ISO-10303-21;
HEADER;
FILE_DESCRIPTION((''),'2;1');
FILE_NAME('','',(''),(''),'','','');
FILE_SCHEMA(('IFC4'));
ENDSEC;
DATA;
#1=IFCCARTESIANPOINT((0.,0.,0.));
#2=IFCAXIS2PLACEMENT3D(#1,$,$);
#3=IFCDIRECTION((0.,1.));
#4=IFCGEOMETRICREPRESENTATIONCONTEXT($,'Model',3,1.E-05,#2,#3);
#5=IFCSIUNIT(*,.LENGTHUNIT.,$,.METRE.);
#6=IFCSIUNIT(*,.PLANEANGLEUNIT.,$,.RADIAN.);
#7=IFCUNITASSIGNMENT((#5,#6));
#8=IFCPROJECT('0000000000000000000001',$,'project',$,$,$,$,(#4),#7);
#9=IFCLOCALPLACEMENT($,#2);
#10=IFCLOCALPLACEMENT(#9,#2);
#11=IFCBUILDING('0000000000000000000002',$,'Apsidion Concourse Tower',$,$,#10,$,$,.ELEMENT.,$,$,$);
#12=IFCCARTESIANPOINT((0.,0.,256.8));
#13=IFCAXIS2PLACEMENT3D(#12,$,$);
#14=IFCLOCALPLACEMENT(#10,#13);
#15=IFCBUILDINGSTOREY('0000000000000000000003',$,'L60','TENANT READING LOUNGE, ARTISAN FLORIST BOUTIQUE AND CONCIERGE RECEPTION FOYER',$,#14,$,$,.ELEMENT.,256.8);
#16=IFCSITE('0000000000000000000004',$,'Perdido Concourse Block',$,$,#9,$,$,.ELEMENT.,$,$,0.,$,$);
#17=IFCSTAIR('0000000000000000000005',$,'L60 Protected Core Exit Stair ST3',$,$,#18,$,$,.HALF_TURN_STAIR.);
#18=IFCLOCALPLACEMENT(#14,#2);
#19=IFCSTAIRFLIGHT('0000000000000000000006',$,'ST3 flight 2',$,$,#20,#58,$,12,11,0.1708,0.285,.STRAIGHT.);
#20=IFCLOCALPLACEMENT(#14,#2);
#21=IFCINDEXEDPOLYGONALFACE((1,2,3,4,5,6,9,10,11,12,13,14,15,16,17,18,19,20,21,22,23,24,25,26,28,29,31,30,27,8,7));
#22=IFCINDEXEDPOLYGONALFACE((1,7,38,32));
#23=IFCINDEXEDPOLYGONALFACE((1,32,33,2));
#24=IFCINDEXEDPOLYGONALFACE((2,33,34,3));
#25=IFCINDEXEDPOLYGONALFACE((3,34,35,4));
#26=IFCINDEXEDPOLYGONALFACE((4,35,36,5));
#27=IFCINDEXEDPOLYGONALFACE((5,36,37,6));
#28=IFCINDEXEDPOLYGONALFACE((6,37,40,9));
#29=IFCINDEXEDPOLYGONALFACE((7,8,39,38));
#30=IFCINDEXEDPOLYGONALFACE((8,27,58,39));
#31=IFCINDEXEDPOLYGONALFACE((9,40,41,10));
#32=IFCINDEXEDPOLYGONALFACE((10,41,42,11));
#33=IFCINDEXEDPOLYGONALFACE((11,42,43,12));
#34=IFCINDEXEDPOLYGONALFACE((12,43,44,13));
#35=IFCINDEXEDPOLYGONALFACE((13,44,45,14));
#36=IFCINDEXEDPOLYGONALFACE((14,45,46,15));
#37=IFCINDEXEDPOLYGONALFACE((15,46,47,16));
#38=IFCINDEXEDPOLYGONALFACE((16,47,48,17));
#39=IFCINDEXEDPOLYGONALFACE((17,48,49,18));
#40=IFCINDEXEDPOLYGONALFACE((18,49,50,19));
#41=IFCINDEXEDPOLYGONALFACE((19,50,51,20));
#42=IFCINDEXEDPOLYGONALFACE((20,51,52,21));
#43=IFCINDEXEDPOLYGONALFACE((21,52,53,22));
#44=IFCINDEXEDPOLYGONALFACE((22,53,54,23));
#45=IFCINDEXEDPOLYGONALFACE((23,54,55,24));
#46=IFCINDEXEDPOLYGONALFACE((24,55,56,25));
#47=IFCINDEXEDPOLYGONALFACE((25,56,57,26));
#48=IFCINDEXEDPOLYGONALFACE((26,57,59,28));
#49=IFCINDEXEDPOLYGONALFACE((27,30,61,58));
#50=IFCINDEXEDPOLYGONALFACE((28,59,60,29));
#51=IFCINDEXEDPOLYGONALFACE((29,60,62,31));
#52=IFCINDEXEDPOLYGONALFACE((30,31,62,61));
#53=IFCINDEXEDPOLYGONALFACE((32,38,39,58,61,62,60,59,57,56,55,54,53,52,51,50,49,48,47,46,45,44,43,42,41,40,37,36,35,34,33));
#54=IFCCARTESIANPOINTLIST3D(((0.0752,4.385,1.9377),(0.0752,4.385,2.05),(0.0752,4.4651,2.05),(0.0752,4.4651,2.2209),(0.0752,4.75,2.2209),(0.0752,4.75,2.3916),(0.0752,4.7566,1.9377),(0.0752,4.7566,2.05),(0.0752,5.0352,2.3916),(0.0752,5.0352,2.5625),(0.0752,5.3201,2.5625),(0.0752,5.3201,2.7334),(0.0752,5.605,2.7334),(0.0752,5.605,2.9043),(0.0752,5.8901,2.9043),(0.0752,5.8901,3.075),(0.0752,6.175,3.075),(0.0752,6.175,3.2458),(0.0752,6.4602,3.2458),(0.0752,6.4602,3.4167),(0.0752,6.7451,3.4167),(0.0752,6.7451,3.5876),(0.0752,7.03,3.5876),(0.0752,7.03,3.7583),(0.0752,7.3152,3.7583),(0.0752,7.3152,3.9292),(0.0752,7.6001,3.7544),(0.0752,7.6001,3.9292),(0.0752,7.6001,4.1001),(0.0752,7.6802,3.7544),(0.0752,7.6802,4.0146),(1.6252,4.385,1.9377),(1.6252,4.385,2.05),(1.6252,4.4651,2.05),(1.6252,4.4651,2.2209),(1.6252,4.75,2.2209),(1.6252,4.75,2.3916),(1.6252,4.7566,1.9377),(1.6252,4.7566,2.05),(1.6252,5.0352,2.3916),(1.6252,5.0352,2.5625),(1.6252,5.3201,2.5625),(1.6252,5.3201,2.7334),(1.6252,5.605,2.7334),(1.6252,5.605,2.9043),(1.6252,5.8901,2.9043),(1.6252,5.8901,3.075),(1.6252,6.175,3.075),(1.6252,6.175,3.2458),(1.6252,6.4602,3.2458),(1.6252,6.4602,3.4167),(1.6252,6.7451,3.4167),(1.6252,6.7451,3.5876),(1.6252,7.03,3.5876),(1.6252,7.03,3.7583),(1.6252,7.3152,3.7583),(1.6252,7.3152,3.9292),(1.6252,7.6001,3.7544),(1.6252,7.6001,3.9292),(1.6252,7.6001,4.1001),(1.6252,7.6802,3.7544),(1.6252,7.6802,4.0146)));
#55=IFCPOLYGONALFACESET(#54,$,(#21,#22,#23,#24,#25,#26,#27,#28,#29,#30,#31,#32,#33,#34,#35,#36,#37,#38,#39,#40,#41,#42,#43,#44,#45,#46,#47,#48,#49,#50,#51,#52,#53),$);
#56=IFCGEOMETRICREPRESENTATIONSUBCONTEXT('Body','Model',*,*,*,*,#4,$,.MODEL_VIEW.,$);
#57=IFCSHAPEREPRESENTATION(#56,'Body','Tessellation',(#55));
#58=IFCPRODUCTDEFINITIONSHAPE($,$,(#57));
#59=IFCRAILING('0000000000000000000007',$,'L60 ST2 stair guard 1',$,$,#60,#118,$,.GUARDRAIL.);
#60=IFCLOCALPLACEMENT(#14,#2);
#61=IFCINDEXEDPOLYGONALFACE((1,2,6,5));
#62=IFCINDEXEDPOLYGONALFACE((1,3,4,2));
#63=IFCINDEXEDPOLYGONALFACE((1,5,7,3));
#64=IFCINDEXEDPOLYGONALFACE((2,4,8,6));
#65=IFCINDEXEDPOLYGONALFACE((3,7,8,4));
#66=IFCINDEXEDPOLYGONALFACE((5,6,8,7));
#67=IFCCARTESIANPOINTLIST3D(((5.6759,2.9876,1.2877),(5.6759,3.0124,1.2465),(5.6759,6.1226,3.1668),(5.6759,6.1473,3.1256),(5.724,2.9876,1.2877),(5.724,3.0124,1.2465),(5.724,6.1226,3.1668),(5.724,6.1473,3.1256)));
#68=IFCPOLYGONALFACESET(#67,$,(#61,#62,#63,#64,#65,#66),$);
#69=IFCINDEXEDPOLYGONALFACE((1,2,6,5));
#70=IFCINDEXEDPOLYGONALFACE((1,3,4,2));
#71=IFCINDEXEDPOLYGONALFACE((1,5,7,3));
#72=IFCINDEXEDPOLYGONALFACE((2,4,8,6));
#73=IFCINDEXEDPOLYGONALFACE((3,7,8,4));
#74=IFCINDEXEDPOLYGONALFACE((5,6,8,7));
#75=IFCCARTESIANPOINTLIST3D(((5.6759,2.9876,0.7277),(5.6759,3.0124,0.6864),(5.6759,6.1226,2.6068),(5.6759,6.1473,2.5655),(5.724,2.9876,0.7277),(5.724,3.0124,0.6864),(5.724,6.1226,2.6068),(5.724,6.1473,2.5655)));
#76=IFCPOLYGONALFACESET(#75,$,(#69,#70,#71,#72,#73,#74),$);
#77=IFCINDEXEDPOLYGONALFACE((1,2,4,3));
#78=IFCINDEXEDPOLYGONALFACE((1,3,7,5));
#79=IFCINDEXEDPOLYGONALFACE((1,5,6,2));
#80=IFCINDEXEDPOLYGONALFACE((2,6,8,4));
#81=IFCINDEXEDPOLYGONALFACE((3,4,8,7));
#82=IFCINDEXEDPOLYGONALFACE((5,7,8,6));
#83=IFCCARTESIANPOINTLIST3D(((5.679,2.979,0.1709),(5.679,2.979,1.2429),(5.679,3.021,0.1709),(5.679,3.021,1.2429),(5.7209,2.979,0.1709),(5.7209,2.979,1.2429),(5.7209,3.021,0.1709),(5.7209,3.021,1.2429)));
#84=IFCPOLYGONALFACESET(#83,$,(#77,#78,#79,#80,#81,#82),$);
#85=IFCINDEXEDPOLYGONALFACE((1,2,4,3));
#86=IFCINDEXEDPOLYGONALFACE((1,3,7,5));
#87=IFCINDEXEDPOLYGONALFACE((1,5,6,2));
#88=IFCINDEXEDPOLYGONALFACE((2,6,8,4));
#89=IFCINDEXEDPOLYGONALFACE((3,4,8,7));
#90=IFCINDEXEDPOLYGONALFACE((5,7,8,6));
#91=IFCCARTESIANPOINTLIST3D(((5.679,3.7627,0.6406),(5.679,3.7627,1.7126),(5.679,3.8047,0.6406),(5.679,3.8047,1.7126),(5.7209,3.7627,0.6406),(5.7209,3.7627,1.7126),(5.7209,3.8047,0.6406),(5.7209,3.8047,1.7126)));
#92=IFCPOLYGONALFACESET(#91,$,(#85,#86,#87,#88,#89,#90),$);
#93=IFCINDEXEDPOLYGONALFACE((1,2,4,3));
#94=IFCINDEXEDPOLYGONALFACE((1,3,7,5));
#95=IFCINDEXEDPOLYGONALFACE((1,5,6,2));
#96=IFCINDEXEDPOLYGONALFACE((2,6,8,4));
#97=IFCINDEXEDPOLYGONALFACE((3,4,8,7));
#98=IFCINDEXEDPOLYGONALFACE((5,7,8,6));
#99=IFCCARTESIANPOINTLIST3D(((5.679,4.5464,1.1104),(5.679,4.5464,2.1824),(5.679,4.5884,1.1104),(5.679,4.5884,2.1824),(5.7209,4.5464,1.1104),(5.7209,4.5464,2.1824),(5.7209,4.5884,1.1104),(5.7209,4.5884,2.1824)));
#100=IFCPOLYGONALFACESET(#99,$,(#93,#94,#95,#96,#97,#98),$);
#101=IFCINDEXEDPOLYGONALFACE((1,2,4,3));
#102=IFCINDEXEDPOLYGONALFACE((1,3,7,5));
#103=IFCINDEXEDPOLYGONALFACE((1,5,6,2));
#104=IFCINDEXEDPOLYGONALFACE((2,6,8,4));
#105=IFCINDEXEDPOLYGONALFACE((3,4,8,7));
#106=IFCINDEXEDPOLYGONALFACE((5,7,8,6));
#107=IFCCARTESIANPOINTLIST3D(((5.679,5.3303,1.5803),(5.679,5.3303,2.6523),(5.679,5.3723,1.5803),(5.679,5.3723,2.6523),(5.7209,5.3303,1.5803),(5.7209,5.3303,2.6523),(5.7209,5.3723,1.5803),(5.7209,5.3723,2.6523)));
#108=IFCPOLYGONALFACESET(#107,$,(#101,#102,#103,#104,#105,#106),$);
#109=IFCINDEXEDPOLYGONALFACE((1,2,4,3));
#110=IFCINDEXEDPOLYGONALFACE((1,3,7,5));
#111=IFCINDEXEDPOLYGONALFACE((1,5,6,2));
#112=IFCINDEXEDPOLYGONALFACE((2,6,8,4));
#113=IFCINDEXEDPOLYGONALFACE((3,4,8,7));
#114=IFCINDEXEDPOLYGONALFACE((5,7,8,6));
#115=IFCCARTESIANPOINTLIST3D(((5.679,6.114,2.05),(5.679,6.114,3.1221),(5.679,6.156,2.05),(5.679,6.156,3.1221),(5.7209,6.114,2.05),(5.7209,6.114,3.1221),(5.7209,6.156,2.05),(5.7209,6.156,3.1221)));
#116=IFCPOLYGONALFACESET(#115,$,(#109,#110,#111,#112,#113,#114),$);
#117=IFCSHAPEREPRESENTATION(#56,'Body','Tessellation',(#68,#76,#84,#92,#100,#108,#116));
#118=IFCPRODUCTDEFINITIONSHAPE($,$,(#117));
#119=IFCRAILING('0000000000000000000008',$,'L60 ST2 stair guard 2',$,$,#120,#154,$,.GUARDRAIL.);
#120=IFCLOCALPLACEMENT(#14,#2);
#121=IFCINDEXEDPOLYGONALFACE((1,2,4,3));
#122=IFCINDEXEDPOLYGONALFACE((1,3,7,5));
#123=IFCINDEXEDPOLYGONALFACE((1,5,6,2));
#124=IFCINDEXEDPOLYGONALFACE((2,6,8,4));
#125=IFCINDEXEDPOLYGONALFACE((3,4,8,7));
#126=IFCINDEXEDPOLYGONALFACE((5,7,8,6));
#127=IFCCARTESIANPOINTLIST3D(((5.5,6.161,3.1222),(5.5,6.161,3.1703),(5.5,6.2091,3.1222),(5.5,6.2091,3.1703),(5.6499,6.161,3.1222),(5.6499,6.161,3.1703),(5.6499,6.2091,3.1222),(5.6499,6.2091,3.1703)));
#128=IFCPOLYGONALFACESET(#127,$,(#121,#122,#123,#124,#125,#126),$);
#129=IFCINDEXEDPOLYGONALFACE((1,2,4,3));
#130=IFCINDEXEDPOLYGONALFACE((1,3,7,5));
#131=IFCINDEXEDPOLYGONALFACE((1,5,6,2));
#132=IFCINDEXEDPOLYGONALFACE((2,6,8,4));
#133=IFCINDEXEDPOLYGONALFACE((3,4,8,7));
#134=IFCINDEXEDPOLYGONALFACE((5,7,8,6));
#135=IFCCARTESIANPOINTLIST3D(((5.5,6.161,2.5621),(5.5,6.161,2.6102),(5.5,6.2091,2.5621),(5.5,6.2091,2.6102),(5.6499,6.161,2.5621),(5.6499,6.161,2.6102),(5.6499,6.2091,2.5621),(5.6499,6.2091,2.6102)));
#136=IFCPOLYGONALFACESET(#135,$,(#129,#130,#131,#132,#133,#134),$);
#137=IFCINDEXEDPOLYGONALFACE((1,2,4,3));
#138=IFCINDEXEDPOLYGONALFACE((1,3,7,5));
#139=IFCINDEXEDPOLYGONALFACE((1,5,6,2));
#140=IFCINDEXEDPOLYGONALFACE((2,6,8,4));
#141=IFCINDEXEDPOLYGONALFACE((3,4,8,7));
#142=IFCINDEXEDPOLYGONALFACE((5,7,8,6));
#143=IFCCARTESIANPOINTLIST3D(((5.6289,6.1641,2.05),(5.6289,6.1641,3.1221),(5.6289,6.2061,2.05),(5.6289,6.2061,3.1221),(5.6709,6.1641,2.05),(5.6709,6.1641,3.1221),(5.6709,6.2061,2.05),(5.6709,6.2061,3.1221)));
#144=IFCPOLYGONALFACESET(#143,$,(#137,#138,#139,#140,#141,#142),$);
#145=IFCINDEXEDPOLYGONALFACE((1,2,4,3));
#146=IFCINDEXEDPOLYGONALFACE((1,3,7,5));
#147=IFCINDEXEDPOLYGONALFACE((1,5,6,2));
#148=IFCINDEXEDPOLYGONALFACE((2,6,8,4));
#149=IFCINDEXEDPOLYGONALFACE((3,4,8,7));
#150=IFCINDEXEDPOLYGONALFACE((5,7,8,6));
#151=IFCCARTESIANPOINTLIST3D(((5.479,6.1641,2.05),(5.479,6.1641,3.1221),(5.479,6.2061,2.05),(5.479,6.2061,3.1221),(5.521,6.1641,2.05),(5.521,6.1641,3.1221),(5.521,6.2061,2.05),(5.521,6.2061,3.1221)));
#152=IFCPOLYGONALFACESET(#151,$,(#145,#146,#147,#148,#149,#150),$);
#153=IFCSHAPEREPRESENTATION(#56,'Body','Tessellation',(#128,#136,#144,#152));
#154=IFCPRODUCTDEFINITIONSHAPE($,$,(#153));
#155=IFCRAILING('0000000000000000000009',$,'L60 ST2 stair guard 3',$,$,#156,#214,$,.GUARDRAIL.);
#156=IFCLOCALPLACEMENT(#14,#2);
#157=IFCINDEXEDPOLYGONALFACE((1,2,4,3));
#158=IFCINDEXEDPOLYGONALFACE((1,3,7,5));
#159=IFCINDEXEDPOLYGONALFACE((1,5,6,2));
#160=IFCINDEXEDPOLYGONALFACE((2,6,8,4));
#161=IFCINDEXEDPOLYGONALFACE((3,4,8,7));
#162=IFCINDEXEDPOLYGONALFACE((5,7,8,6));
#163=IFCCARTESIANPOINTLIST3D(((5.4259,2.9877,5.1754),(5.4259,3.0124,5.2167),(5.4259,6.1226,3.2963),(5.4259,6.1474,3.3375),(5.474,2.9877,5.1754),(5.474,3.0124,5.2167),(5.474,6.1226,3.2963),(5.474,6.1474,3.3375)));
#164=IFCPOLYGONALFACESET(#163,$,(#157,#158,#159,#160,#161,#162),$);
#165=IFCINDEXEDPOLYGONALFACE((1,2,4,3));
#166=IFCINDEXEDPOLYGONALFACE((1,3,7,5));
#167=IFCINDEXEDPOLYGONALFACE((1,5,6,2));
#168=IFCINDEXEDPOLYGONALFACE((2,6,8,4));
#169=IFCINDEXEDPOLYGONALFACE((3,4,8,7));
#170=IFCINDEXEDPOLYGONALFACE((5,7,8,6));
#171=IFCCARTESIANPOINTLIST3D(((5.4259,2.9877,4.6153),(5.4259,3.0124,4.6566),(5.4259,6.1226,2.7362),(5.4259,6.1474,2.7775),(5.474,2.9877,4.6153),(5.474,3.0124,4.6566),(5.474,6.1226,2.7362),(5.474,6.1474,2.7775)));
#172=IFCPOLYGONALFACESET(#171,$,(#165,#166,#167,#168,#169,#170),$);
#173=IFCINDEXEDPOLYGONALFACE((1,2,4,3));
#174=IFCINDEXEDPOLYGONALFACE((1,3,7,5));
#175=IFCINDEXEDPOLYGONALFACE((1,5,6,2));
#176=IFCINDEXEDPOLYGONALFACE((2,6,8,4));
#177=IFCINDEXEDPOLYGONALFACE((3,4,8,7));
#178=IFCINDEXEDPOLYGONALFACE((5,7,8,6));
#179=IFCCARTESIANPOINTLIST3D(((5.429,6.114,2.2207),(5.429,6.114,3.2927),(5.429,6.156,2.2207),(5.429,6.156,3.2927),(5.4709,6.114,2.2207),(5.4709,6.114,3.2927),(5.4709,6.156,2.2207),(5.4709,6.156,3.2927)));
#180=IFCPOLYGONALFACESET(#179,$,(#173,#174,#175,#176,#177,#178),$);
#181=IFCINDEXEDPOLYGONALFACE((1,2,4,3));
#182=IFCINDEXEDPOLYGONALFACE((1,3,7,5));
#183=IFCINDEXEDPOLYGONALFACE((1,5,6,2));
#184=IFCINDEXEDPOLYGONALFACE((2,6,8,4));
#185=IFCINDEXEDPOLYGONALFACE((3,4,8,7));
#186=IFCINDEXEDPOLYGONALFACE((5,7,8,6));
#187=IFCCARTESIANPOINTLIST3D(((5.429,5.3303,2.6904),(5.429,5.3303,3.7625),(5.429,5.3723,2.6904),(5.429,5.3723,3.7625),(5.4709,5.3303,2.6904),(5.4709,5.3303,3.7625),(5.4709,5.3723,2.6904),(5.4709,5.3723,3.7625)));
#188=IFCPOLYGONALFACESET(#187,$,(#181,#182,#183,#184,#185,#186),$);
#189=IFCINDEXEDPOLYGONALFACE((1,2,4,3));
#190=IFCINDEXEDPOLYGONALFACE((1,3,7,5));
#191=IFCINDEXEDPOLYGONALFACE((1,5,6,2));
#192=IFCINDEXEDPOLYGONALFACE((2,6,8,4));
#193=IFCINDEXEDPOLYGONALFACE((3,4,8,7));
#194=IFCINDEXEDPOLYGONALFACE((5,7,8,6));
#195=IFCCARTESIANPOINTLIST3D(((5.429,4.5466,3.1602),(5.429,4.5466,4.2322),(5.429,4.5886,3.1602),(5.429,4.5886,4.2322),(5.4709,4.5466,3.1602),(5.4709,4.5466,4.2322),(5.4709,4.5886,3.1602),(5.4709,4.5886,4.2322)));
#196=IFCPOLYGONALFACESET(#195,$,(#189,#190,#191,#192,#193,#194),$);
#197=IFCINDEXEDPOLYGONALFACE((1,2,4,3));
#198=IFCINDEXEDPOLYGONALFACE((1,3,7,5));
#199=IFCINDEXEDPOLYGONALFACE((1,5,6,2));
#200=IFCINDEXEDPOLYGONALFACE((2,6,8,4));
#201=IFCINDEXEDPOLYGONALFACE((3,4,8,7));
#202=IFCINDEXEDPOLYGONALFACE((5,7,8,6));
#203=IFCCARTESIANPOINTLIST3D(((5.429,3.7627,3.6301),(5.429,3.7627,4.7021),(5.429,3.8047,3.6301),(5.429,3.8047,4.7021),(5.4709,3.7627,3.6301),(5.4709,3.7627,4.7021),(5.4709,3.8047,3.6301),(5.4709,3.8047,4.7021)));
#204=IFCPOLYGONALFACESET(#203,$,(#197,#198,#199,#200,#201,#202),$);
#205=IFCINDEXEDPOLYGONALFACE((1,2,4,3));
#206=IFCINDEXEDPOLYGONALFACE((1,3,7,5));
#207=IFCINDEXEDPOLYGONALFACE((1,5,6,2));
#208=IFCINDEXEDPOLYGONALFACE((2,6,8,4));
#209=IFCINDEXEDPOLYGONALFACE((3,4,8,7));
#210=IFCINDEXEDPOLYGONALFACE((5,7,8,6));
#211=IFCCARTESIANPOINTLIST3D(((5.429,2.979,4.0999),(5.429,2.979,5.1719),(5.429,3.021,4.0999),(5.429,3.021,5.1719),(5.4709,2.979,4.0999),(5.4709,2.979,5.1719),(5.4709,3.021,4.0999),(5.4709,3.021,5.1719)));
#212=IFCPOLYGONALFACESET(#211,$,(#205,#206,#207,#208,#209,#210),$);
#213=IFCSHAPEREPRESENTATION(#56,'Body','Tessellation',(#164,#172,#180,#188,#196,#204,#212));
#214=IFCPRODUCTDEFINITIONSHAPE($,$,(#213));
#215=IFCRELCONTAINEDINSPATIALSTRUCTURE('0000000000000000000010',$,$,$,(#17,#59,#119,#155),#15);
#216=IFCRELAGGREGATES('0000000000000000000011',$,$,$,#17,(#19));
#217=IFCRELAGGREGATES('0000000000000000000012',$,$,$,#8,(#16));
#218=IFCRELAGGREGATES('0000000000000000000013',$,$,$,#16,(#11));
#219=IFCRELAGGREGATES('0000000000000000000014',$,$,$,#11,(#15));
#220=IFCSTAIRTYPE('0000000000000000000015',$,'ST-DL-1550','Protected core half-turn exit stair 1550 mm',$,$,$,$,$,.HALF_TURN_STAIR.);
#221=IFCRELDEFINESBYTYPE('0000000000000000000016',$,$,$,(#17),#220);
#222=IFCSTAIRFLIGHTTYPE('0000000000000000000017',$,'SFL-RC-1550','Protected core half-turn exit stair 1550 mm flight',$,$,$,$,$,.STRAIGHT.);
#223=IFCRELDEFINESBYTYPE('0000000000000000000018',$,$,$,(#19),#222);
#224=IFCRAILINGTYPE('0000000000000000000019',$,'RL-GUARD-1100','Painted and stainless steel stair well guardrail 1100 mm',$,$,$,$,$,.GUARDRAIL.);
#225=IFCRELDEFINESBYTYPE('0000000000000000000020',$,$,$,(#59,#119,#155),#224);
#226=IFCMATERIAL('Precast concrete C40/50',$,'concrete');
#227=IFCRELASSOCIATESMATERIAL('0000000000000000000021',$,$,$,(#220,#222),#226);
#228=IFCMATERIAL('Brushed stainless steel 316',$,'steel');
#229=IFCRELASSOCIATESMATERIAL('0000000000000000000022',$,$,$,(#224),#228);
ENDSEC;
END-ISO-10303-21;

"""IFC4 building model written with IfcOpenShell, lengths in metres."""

from ifc_helpers import new_model, si_unit, direction, frame, origin, origin_2d, place, context, subcontext, project, spatial, polyline, rectangle, outline, extrude, material, type_object, element, aggregate, save


model = new_model("IFC4")

# Units and contexts
model_context = context("Model", 3, precision=1e-05, world=origin(), true_north=direction((0.0, 1.0)))
body_context = subcontext(model_context, "Body", "Model", "MODEL_VIEW")
ifc_project = project(units=[si_unit("LENGTHUNIT", "METRE"), si_unit("PLANEANGLEUNIT", "RADIAN")], contexts=[model_context])

# Site, building, storey
site_placement = place(None, origin())
site = spatial("IfcSite", under=ifc_project, at=site_placement, Name="Perdido Concourse Block", CompositionType="ELEMENT", RefElevation=0.0)
building_placement = place(site_placement, origin())
building = spatial("IfcBuilding", under=site, at=building_placement, Name="Apsidion Concourse Tower", CompositionType="ELEMENT")
storey_placement = place(building_placement, frame((0.0, 0.0, 256.8)))
storey = spatial("IfcBuildingStorey", under=building, at=storey_placement, Name="L60", Description="TENANT READING LOUNGE, ARTISAN FLORIST BOUTIQUE AND CONCIERGE RECEPTION FOYER", CompositionType="ELEMENT", Elevation=256.8)

# Shared definitions
ifc_material_1 = material(Name="Brushed stainless steel 316", Category="steel")

# Stair, stair flight
ifc_material_2 = material(Name="Precast concrete C40/50", Category="concrete")
stair_type = type_object("IfcStairType", Name="ST-DL-1550", Description="Protected core half-turn exit stair 1550 mm", PredefinedType="HALF_TURN_STAIR", material=ifc_material_2)
stair_flight_type = type_object("IfcStairFlightType", Name="SFL-RC-1550", Description="Protected core half-turn exit stair 1550 mm flight", PredefinedType="STRAIGHT", material=ifc_material_2)
stair_1_placement = place(storey_placement, origin())
stair_1 = element("IfcStair", 1, at=stair_1_placement, inside=storey, type_object=stair_type, Name="L60 Protected Core Exit Stair ST3", PredefinedType="HALF_TURN_STAIR")
stair_flight_1_placement = place(storey_placement, frame((0.8501, 4.4651, 2.05), z_axis=(0.0, 0.0, 1.0), x_axis=(0.0, 1.0, 0.0)))
stair_flight_1 = element("IfcStairFlight", 2, at=stair_flight_1_placement, type_object=stair_flight_type, Name="ST3 flight 2", NumberOfRisers=12, NumberOfTreads=11, PredefinedType="STRAIGHT", RiserHeight=0.1708, TreadLength=0.285, context=body_context, shape_type="SweptSolid", body=[
    extrude(outline(polyline([(-0.0801, -0.1123), (-0.0801, 0.0), (0.0, 0.0), (0.0, 0.1709), (0.2849, 0.1709), (0.2849, 0.3416), (0.5701, 0.3416), (0.5701, 0.5125), (0.855, 0.5125), (0.855, 0.6833), (1.1399, 0.6833), (1.1399, 0.8542), (1.425, 0.8542), (1.425, 1.0249), (1.71, 1.0249), (1.71, 1.1958), (1.9951, 1.1958), (1.9951, 1.3667), (2.28, 1.3667), (2.28, 1.5376), (2.5649, 1.5376), (2.5649, 1.7083), (2.8501, 1.7083), (2.8501, 1.8792), (3.135, 1.8792), (3.135, 2.05), (3.2151, 1.9646), (3.2151, 1.7043), (3.135, 1.7043), (0.2915, 0.0), (0.2915, -0.1123), (-0.0801, -0.1123)])), frame((0.0, 0.7749, 0.0), z_axis=(0.0, -1.0, 0.0), x_axis=(1.0, 0.0, 0.0)), (0.0, 0.0, 1.0), 1.55),
])
aggregate(stair_1, [stair_flight_1])

# Railings
railing_type_1 = type_object("IfcRailingType", Name="RL-GUARD-1100", Description="Painted and stainless steel stair well guardrail 1100 mm", PredefinedType="GUARDRAIL", material=ifc_material_1)
railing_1_placement = place(storey_placement, frame((5.7, 3.0, 0.1709)))
element("IfcRailing", 3, at=railing_1_placement, inside=storey, type_object=railing_type_1, Name="L60 ST2 stair guard 1", PredefinedType="GUARDRAIL", context=body_context, shape_type="SweptSolid", body=[
    extrude(rectangle(XDim=0.0481, YDim=0.0481, at=origin_2d()), frame((0.0, 0.0, 1.0962), z_axis=(0.0, 0.857717, 0.514122), x_axis=(-1.0, 0.0, 0.0)), (0.0, 0.0, 1.0), 3.655),
    extrude(rectangle(XDim=0.0481, YDim=0.0481, at=origin_2d()), frame((0.0, 0.0, 0.5361), z_axis=(0.0, 0.857717, 0.514122), x_axis=(-1.0, 0.0, 0.0)), (0.0, 0.0, 1.0), 3.655),
    extrude(rectangle(XDim=0.042, YDim=0.042, at=origin_2d()), origin(), (0.0, 0.0, 1.0), 1.072),
    extrude(rectangle(XDim=0.042, YDim=0.042, at=origin_2d()), frame((0.0, 0.7837, 0.4697)), (0.0, 0.0, 1.0), 1.072),
    extrude(rectangle(XDim=0.042, YDim=0.042, at=origin_2d()), frame((0.0, 1.5674, 0.9395)), (0.0, 0.0, 1.0), 1.072),
    extrude(rectangle(XDim=0.042, YDim=0.042, at=origin_2d()), frame((0.0, 2.3513, 1.4094)), (0.0, 0.0, 1.0), 1.072),
    extrude(rectangle(XDim=0.042, YDim=0.042, at=origin_2d()), frame((0.0, 3.135, 1.8792)), (0.0, 0.0, 1.0), 1.072),
])
railing_2_placement = place(storey_placement, frame((5.6499, 6.1851, 2.05)))
element("IfcRailing", 4, at=railing_2_placement, inside=storey, type_object=railing_type_1, Name="L60 ST2 stair guard 2", PredefinedType="GUARDRAIL", context=body_context, shape_type="SweptSolid", body=[
    extrude(rectangle(XDim=0.0481, YDim=0.0481, at=origin_2d()), frame((0.0, 0.0, 1.0962), z_axis=(-1.0, 0.0, 0.0), x_axis=(0.0, -1.0, 0.0)), (0.0, 0.0, 1.0), 0.1499),
    extrude(rectangle(XDim=0.0481, YDim=0.0481, at=origin_2d()), frame((0.0, 0.0, 0.5361), z_axis=(-1.0, 0.0, 0.0), x_axis=(0.0, -1.0, 0.0)), (0.0, 0.0, 1.0), 0.1499),
    extrude(rectangle(XDim=0.042, YDim=0.042, at=origin_2d()), origin(), (0.0, 0.0, 1.0), 1.072),
    extrude(rectangle(XDim=0.042, YDim=0.042, at=origin_2d()), frame((-0.1499, 0.0, 0.0)), (0.0, 0.0, 1.0), 1.072),
])
railing_3_placement = place(storey_placement, frame((5.45, 6.135, 2.2207)))
element("IfcRailing", 5, at=railing_3_placement, inside=storey, type_object=railing_type_1, Name="L60 ST2 stair guard 3", PredefinedType="GUARDRAIL", context=body_context, shape_type="SweptSolid", body=[
    extrude(rectangle(XDim=0.0481, YDim=0.0481, at=origin_2d()), frame((0.0, 0.0, 1.0962), z_axis=(0.0, -0.857717, 0.514122), x_axis=(1.0, 0.0, 0.0)), (0.0, 0.0, 1.0), 3.655),
    extrude(rectangle(XDim=0.0481, YDim=0.0481, at=origin_2d()), frame((0.0, 0.0, 0.5361), z_axis=(0.0, -0.857717, 0.514122), x_axis=(1.0, 0.0, 0.0)), (0.0, 0.0, 1.0), 3.655),
    extrude(rectangle(XDim=0.042, YDim=0.042, at=origin_2d()), origin(), (0.0, 0.0, 1.0), 1.072),
    extrude(rectangle(XDim=0.042, YDim=0.042, at=origin_2d()), frame((0.0, -0.7837, 0.4697)), (0.0, 0.0, 1.0), 1.072),
    extrude(rectangle(XDim=0.042, YDim=0.042, at=origin_2d()), frame((0.0, -1.5674, 0.9395)), (0.0, 0.0, 1.0), 1.072),
    extrude(rectangle(XDim=0.042, YDim=0.042, at=origin_2d()), frame((0.0, -2.3513, 1.4094)), (0.0, 0.0, 1.0), 1.072),
    extrude(rectangle(XDim=0.042, YDim=0.042, at=origin_2d()), frame((0.0, -3.135, 1.8792)), (0.0, 0.0, 1.0), 1.072),
])

save(model, "model.ifc")
